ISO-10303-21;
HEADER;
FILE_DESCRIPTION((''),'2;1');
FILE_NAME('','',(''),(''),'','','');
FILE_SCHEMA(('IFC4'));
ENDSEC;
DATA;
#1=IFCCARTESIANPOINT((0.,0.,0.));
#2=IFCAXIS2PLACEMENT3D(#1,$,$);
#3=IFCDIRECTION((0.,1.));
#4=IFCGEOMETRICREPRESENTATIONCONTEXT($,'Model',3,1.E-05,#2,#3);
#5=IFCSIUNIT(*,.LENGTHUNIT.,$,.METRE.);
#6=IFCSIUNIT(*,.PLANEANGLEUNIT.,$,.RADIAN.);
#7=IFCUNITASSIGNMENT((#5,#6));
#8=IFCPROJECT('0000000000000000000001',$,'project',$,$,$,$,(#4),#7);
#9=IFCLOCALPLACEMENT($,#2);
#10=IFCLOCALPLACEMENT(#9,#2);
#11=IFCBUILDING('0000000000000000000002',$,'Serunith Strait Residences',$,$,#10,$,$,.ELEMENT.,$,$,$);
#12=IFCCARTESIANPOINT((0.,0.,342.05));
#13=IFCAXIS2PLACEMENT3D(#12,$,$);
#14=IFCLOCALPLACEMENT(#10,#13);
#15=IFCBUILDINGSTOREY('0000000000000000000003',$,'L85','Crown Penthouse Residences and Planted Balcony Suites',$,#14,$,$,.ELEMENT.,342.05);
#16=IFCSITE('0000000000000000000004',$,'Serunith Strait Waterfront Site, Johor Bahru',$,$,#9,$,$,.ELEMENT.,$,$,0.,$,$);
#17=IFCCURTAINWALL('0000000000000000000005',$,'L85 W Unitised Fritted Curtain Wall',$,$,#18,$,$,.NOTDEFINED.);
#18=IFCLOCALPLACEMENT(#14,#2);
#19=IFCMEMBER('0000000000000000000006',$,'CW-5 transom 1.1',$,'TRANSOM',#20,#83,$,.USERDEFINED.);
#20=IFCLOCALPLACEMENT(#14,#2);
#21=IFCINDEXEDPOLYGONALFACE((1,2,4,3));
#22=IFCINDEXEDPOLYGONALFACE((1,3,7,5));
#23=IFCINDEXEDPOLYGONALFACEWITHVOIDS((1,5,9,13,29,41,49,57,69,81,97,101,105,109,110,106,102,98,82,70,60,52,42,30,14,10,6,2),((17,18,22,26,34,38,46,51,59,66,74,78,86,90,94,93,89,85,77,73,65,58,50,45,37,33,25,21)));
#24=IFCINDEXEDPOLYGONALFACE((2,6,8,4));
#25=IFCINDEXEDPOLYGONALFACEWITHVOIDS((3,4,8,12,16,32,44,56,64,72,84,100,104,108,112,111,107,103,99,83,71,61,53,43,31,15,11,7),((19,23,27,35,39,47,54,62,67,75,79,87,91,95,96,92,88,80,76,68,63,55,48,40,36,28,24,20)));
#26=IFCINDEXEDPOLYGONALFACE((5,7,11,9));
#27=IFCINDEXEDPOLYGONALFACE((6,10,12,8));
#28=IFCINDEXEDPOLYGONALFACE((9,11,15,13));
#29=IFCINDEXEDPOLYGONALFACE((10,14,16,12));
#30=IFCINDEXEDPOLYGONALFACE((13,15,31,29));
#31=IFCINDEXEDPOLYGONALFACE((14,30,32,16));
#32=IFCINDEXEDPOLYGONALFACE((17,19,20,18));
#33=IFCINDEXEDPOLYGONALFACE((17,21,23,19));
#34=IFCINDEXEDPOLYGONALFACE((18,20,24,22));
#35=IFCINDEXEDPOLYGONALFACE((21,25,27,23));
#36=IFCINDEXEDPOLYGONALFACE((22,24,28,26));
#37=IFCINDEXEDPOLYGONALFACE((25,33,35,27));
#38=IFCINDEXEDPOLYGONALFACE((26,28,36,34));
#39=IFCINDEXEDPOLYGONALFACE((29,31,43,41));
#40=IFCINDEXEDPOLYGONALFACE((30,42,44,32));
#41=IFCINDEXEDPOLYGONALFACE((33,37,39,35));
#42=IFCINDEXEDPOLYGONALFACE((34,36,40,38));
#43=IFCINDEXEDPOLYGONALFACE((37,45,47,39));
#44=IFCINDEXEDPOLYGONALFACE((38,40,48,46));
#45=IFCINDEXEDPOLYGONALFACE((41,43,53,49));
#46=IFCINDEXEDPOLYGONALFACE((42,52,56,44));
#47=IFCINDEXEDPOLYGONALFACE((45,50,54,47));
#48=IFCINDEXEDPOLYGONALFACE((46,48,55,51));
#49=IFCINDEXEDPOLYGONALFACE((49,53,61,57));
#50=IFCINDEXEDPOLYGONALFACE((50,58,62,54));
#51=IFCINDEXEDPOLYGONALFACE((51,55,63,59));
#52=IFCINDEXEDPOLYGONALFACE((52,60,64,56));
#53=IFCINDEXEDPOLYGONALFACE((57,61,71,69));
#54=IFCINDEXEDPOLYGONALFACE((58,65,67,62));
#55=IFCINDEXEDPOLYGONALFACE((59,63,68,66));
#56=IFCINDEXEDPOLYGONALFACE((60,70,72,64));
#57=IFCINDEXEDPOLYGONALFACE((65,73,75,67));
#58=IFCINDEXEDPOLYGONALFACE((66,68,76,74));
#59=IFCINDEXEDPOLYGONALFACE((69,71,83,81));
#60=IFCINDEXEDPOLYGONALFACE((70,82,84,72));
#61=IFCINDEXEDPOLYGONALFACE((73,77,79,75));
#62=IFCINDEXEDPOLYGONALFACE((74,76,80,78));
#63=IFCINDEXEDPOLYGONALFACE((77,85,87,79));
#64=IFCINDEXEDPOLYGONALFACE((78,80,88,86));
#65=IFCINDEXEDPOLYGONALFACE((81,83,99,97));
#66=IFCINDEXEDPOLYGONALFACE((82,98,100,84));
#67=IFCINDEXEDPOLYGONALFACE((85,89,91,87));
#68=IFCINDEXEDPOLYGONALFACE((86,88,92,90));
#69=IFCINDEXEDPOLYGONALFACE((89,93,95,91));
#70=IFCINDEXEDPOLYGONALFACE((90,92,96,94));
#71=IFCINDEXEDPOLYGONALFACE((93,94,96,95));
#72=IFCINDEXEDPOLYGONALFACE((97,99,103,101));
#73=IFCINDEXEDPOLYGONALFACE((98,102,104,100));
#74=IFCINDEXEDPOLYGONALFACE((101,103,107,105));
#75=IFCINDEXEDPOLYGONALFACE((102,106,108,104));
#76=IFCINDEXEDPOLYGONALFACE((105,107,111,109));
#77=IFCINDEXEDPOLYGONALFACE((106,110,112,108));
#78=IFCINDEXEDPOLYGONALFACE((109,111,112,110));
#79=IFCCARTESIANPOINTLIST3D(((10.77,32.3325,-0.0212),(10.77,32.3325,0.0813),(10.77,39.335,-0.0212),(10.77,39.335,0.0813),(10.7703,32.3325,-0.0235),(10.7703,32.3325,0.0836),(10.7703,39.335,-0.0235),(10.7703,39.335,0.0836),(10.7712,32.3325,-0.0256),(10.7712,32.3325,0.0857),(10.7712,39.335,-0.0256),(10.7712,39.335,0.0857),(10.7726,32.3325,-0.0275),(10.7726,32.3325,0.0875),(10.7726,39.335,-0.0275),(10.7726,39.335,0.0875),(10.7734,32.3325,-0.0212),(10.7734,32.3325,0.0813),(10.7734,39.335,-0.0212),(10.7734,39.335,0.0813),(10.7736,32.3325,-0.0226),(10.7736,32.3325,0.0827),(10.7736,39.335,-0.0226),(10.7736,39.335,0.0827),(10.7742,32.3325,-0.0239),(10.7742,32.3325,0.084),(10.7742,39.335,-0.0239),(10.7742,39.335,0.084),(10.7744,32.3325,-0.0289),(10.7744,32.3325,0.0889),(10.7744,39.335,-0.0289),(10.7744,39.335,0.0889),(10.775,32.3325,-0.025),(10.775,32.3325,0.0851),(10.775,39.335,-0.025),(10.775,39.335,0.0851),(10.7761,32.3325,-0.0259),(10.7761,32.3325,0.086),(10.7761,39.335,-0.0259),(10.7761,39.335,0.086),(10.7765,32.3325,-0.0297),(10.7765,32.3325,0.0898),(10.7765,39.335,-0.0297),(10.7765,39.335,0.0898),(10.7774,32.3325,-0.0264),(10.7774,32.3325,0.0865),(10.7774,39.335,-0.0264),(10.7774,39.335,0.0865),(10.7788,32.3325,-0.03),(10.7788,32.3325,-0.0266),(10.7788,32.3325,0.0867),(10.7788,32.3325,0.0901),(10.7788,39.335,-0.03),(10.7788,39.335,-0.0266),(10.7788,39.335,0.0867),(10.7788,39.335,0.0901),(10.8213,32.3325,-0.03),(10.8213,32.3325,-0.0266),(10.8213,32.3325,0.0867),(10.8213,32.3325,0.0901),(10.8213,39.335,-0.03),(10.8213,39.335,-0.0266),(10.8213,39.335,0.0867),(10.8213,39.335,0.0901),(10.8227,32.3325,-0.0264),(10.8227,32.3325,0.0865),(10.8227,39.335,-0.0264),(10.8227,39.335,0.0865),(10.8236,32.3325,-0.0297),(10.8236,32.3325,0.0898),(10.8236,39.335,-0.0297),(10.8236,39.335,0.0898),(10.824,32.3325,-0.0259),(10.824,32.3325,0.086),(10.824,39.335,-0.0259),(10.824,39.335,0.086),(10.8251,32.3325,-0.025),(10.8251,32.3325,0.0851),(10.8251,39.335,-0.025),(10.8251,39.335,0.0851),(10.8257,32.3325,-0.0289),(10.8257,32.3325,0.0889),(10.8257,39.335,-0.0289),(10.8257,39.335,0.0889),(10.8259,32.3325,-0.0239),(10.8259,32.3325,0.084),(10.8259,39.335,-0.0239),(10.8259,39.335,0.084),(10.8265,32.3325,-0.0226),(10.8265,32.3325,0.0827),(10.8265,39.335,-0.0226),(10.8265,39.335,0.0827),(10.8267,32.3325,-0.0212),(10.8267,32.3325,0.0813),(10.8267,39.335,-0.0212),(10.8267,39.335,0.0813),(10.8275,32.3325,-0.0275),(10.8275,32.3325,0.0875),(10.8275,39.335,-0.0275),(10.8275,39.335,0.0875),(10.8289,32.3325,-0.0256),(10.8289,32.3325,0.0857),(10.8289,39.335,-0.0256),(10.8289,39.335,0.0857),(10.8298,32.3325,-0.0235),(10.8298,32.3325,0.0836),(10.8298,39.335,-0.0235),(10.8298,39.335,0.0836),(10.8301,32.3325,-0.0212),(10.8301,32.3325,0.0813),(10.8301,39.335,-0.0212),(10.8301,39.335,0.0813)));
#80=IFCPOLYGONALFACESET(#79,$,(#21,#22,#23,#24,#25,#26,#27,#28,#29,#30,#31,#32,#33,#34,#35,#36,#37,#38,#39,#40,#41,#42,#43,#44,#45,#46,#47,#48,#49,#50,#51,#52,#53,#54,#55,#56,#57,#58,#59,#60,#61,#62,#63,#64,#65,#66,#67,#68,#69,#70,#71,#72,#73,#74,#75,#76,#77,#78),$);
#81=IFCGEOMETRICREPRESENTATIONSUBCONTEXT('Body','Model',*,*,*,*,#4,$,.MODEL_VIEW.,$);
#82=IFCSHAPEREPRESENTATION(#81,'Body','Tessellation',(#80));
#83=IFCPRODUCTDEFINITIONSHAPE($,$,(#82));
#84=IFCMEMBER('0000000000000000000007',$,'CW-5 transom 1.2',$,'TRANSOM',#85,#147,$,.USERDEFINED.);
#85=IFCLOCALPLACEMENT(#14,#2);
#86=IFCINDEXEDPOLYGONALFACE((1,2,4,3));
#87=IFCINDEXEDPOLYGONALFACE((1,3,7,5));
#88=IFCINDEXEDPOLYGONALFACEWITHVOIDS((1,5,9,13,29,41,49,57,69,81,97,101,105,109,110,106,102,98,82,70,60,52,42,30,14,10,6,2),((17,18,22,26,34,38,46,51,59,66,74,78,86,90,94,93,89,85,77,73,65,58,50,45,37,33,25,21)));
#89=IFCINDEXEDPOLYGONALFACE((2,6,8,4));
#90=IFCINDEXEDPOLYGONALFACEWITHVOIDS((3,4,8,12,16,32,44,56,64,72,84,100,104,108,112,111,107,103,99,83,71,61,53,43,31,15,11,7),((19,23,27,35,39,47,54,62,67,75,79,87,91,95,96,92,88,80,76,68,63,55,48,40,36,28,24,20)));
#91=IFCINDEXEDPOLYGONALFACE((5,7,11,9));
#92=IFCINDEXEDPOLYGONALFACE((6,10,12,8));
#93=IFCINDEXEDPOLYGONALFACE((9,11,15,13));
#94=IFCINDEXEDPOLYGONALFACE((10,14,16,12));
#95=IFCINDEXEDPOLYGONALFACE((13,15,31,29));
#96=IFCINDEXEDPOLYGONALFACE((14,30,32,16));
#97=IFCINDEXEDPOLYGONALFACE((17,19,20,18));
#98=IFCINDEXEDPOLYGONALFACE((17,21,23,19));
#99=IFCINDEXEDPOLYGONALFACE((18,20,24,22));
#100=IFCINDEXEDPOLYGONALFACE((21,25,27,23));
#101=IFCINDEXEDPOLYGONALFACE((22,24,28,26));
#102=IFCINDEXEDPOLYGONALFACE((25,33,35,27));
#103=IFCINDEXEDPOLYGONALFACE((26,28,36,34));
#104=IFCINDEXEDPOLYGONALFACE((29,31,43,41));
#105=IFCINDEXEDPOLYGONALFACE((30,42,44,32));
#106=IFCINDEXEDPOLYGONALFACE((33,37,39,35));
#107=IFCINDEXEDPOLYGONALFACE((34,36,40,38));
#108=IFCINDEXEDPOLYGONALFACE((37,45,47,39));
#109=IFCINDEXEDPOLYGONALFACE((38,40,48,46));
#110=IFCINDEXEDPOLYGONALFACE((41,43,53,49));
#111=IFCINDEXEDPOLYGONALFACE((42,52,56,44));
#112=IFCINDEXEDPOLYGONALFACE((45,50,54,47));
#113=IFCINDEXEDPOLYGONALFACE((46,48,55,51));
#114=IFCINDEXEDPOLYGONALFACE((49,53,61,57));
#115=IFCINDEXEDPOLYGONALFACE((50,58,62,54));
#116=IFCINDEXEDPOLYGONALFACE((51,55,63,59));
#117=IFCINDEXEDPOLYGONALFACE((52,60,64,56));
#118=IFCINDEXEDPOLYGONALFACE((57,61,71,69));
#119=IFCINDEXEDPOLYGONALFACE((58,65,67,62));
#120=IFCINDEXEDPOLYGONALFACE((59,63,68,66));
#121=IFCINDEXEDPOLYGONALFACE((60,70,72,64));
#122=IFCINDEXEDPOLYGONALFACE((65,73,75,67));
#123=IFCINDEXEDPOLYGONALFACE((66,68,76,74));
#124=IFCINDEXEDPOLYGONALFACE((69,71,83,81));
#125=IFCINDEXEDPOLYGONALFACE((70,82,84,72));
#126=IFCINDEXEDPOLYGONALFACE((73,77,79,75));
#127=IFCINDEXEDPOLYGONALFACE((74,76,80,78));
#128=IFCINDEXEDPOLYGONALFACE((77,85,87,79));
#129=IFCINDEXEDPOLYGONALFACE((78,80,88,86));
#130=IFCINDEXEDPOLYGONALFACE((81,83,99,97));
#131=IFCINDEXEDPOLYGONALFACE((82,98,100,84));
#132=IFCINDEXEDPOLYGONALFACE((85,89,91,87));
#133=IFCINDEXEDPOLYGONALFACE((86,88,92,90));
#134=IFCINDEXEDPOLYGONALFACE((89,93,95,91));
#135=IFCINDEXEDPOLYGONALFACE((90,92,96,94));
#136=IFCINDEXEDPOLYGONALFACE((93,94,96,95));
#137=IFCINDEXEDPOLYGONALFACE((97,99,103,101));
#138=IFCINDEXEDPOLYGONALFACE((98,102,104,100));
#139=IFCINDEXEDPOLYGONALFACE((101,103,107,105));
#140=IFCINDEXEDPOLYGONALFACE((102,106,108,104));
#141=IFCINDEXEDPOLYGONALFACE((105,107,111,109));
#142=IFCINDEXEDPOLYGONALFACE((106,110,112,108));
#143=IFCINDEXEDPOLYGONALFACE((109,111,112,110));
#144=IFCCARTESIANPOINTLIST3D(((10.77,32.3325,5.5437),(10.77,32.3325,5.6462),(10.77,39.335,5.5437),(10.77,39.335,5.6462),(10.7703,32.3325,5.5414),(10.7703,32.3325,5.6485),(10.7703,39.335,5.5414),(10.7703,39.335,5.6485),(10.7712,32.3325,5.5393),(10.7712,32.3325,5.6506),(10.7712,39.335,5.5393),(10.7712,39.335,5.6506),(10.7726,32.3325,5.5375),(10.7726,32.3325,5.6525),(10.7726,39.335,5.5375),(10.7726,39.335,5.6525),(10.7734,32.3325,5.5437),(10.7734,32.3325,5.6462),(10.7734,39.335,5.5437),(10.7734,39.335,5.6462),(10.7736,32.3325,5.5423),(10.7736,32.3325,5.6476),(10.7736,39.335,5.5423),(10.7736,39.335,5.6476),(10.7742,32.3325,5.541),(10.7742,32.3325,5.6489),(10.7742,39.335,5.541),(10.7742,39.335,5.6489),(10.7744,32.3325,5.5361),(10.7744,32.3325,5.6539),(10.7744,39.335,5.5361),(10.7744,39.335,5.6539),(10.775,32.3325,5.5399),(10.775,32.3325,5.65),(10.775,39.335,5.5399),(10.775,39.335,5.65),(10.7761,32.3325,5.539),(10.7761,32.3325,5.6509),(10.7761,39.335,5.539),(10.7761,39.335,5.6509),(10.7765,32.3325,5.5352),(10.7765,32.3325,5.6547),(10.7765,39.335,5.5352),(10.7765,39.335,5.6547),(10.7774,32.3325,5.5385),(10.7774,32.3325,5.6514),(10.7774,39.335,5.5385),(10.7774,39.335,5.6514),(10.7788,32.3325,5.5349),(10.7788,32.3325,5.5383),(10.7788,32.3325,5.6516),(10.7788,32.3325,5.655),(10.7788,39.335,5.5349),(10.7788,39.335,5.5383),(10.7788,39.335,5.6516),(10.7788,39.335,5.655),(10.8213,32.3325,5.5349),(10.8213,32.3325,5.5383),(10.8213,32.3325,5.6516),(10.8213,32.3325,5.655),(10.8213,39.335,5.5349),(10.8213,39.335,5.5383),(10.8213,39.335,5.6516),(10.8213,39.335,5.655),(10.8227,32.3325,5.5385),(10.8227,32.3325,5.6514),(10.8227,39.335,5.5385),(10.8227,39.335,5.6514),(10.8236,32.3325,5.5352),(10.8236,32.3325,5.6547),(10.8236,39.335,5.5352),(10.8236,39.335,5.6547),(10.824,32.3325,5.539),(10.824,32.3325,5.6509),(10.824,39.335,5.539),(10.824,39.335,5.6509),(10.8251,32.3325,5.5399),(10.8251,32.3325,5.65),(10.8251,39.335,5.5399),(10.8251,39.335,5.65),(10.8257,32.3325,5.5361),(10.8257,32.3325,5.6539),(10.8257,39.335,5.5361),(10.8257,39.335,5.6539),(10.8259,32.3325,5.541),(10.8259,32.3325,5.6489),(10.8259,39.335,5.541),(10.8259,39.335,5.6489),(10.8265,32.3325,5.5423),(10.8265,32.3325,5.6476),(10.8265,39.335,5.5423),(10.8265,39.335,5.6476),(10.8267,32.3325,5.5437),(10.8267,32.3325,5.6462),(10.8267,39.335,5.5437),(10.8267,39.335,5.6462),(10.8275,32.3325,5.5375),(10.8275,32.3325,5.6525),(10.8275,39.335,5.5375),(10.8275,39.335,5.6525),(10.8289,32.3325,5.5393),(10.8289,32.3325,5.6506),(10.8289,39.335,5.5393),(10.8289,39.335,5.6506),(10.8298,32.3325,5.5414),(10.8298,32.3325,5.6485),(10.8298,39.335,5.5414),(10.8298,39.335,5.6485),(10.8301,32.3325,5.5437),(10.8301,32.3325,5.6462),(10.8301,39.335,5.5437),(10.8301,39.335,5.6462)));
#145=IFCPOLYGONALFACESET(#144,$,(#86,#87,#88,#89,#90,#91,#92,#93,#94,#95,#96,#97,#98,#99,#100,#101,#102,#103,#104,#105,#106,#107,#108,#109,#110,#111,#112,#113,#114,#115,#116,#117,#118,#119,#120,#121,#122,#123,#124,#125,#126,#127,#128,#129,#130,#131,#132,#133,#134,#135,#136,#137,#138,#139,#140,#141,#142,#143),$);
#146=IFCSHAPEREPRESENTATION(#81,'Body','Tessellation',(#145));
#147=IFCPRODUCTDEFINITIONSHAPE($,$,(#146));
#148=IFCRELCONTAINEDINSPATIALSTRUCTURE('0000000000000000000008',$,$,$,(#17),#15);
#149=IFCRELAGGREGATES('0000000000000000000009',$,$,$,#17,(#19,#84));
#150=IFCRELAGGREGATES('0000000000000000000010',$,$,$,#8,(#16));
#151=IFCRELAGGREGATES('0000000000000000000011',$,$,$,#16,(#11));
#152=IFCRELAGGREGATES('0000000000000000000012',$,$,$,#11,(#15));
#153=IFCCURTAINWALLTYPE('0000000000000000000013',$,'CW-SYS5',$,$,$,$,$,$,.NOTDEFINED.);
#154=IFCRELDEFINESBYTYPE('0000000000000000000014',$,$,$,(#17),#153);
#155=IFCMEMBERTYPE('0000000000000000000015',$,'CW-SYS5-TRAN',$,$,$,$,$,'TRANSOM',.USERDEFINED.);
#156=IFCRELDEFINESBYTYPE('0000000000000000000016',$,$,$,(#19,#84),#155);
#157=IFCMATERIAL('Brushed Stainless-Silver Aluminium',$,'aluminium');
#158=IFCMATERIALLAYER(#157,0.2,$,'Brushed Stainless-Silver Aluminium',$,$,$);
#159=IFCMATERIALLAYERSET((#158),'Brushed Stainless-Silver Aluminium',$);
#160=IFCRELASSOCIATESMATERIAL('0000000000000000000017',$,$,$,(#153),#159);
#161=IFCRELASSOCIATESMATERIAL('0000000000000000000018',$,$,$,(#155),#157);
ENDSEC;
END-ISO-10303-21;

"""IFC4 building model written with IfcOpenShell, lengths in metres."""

from ifc_helpers import new_model, si_unit, direction, frame, origin, origin_2d, place, context, subcontext, project, spatial, hollow_rectangle, extrude, source, transform, mapped, material, layer, layer_set, material_profile, profile_set, type_object, element, aggregate, save


model = new_model("IFC4")

# Units and contexts
model_context = context("Model", 3, precision=1e-05, world=origin(), true_north=direction((0.0, 1.0)))
body_context = subcontext(model_context, "Body", "Model", "MODEL_VIEW")
ifc_project = project(units=[si_unit("LENGTHUNIT", "METRE"), si_unit("PLANEANGLEUNIT", "RADIAN")], contexts=[model_context])

# Site, building, storey
site_placement = place(None, origin())
site = spatial("IfcSite", under=ifc_project, at=site_placement, Name="Serunith Strait Waterfront Site, Johor Bahru", CompositionType="ELEMENT", RefElevation=0.0)
building_placement = place(site_placement, origin())
building = spatial("IfcBuilding", under=site, at=building_placement, Name="Serunith Strait Residences", CompositionType="ELEMENT")
storey_placement = place(building_placement, frame((0.0, 0.0, 342.05)))
storey = spatial("IfcBuildingStorey", under=building, at=storey_placement, Name="L85", Description="Crown Penthouse Residences and Planted Balcony Suites", CompositionType="ELEMENT", Elevation=342.05)

# Curtain wall, members
ifc_material_1 = material(Name="Brushed Stainless-Silver Aluminium", Category="aluminium")
ifc_layer_1 = layer(ifc_material_1, 0.2, Name="Brushed Stainless-Silver Aluminium")
ifc_layer_set_1 = layer_set([ifc_layer_1], Name="Brushed Stainless-Silver Aluminium")
curtain_wall_type = type_object("IfcCurtainWallType", Name="CW-SYS5", PredefinedType="NOTDEFINED", material=ifc_layer_set_1)
curtain_wall_1_placement = place(storey_placement, origin())
curtain_wall_1 = element("IfcCurtainWall", 1, at=curtain_wall_1_placement, inside=storey, type_object=curtain_wall_type, Name="L85 W Unitised Fritted Curtain Wall", PredefinedType="NOTDEFINED")
ifc_material_profile_1 = material_profile(ifc_material_1, hollow_rectangle(XDim=0.0601, YDim=0.1201, WallThickness=0.0034, InnerFilletRadius=0.0054, OuterFilletRadius=0.0088, at=origin_2d()), Name="ALU 120x60x3.5")
ifc_profile_set_1 = profile_set([ifc_material_profile_1], Name="Brushed Stainless-Silver Aluminium")
member_type_1 = type_object("IfcMemberType", Name="CW-SYS5-TRAN", ElementType="TRANSOM", PredefinedType="USERDEFINED", material=ifc_profile_set_1)
shared_shape_1 = source(origin(), body_context, "Body", "SweptSolid", [
    extrude(hollow_rectangle(XDim=0.0601, YDim=0.1201, WallThickness=0.0034, InnerFilletRadius=0.0054, OuterFilletRadius=0.0088, at=origin_2d()), origin(), (0.0, 0.0, 1.0), 7.0024),
])
member_1_placement = place(storey_placement, frame((10.8, 39.335, 0.03), z_axis=(0.0, -1.0, 0.0), x_axis=(1.0, 0.0, 0.0)))
member_1 = element("IfcMember", 2, at=member_1_placement, type_object=member_type_1, Name="CW-5 transom 1.1", ObjectType="TRANSOM", PredefinedType="USERDEFINED", context=body_context, shape_type="MappedRepresentation", body=[
    mapped(shared_shape_1, transform((0.0, 0.0, 0.0), scale=1.0)),
])
member_2_placement = place(storey_placement, frame((10.8, 39.335, 5.595), z_axis=(0.0, -1.0, 0.0), x_axis=(1.0, 0.0, 0.0)))
member_2 = element("IfcMember", 3, at=member_2_placement, type_object=member_type_1, Name="CW-5 transom 1.2", ObjectType="TRANSOM", PredefinedType="USERDEFINED", context=body_context, shape_type="MappedRepresentation", body=[
    mapped(shared_shape_1, transform((0.0, 0.0, 0.0), scale=1.0)),
])

aggregate(curtain_wall_1, [member_1, member_2])

save(model, "model.ifc")
